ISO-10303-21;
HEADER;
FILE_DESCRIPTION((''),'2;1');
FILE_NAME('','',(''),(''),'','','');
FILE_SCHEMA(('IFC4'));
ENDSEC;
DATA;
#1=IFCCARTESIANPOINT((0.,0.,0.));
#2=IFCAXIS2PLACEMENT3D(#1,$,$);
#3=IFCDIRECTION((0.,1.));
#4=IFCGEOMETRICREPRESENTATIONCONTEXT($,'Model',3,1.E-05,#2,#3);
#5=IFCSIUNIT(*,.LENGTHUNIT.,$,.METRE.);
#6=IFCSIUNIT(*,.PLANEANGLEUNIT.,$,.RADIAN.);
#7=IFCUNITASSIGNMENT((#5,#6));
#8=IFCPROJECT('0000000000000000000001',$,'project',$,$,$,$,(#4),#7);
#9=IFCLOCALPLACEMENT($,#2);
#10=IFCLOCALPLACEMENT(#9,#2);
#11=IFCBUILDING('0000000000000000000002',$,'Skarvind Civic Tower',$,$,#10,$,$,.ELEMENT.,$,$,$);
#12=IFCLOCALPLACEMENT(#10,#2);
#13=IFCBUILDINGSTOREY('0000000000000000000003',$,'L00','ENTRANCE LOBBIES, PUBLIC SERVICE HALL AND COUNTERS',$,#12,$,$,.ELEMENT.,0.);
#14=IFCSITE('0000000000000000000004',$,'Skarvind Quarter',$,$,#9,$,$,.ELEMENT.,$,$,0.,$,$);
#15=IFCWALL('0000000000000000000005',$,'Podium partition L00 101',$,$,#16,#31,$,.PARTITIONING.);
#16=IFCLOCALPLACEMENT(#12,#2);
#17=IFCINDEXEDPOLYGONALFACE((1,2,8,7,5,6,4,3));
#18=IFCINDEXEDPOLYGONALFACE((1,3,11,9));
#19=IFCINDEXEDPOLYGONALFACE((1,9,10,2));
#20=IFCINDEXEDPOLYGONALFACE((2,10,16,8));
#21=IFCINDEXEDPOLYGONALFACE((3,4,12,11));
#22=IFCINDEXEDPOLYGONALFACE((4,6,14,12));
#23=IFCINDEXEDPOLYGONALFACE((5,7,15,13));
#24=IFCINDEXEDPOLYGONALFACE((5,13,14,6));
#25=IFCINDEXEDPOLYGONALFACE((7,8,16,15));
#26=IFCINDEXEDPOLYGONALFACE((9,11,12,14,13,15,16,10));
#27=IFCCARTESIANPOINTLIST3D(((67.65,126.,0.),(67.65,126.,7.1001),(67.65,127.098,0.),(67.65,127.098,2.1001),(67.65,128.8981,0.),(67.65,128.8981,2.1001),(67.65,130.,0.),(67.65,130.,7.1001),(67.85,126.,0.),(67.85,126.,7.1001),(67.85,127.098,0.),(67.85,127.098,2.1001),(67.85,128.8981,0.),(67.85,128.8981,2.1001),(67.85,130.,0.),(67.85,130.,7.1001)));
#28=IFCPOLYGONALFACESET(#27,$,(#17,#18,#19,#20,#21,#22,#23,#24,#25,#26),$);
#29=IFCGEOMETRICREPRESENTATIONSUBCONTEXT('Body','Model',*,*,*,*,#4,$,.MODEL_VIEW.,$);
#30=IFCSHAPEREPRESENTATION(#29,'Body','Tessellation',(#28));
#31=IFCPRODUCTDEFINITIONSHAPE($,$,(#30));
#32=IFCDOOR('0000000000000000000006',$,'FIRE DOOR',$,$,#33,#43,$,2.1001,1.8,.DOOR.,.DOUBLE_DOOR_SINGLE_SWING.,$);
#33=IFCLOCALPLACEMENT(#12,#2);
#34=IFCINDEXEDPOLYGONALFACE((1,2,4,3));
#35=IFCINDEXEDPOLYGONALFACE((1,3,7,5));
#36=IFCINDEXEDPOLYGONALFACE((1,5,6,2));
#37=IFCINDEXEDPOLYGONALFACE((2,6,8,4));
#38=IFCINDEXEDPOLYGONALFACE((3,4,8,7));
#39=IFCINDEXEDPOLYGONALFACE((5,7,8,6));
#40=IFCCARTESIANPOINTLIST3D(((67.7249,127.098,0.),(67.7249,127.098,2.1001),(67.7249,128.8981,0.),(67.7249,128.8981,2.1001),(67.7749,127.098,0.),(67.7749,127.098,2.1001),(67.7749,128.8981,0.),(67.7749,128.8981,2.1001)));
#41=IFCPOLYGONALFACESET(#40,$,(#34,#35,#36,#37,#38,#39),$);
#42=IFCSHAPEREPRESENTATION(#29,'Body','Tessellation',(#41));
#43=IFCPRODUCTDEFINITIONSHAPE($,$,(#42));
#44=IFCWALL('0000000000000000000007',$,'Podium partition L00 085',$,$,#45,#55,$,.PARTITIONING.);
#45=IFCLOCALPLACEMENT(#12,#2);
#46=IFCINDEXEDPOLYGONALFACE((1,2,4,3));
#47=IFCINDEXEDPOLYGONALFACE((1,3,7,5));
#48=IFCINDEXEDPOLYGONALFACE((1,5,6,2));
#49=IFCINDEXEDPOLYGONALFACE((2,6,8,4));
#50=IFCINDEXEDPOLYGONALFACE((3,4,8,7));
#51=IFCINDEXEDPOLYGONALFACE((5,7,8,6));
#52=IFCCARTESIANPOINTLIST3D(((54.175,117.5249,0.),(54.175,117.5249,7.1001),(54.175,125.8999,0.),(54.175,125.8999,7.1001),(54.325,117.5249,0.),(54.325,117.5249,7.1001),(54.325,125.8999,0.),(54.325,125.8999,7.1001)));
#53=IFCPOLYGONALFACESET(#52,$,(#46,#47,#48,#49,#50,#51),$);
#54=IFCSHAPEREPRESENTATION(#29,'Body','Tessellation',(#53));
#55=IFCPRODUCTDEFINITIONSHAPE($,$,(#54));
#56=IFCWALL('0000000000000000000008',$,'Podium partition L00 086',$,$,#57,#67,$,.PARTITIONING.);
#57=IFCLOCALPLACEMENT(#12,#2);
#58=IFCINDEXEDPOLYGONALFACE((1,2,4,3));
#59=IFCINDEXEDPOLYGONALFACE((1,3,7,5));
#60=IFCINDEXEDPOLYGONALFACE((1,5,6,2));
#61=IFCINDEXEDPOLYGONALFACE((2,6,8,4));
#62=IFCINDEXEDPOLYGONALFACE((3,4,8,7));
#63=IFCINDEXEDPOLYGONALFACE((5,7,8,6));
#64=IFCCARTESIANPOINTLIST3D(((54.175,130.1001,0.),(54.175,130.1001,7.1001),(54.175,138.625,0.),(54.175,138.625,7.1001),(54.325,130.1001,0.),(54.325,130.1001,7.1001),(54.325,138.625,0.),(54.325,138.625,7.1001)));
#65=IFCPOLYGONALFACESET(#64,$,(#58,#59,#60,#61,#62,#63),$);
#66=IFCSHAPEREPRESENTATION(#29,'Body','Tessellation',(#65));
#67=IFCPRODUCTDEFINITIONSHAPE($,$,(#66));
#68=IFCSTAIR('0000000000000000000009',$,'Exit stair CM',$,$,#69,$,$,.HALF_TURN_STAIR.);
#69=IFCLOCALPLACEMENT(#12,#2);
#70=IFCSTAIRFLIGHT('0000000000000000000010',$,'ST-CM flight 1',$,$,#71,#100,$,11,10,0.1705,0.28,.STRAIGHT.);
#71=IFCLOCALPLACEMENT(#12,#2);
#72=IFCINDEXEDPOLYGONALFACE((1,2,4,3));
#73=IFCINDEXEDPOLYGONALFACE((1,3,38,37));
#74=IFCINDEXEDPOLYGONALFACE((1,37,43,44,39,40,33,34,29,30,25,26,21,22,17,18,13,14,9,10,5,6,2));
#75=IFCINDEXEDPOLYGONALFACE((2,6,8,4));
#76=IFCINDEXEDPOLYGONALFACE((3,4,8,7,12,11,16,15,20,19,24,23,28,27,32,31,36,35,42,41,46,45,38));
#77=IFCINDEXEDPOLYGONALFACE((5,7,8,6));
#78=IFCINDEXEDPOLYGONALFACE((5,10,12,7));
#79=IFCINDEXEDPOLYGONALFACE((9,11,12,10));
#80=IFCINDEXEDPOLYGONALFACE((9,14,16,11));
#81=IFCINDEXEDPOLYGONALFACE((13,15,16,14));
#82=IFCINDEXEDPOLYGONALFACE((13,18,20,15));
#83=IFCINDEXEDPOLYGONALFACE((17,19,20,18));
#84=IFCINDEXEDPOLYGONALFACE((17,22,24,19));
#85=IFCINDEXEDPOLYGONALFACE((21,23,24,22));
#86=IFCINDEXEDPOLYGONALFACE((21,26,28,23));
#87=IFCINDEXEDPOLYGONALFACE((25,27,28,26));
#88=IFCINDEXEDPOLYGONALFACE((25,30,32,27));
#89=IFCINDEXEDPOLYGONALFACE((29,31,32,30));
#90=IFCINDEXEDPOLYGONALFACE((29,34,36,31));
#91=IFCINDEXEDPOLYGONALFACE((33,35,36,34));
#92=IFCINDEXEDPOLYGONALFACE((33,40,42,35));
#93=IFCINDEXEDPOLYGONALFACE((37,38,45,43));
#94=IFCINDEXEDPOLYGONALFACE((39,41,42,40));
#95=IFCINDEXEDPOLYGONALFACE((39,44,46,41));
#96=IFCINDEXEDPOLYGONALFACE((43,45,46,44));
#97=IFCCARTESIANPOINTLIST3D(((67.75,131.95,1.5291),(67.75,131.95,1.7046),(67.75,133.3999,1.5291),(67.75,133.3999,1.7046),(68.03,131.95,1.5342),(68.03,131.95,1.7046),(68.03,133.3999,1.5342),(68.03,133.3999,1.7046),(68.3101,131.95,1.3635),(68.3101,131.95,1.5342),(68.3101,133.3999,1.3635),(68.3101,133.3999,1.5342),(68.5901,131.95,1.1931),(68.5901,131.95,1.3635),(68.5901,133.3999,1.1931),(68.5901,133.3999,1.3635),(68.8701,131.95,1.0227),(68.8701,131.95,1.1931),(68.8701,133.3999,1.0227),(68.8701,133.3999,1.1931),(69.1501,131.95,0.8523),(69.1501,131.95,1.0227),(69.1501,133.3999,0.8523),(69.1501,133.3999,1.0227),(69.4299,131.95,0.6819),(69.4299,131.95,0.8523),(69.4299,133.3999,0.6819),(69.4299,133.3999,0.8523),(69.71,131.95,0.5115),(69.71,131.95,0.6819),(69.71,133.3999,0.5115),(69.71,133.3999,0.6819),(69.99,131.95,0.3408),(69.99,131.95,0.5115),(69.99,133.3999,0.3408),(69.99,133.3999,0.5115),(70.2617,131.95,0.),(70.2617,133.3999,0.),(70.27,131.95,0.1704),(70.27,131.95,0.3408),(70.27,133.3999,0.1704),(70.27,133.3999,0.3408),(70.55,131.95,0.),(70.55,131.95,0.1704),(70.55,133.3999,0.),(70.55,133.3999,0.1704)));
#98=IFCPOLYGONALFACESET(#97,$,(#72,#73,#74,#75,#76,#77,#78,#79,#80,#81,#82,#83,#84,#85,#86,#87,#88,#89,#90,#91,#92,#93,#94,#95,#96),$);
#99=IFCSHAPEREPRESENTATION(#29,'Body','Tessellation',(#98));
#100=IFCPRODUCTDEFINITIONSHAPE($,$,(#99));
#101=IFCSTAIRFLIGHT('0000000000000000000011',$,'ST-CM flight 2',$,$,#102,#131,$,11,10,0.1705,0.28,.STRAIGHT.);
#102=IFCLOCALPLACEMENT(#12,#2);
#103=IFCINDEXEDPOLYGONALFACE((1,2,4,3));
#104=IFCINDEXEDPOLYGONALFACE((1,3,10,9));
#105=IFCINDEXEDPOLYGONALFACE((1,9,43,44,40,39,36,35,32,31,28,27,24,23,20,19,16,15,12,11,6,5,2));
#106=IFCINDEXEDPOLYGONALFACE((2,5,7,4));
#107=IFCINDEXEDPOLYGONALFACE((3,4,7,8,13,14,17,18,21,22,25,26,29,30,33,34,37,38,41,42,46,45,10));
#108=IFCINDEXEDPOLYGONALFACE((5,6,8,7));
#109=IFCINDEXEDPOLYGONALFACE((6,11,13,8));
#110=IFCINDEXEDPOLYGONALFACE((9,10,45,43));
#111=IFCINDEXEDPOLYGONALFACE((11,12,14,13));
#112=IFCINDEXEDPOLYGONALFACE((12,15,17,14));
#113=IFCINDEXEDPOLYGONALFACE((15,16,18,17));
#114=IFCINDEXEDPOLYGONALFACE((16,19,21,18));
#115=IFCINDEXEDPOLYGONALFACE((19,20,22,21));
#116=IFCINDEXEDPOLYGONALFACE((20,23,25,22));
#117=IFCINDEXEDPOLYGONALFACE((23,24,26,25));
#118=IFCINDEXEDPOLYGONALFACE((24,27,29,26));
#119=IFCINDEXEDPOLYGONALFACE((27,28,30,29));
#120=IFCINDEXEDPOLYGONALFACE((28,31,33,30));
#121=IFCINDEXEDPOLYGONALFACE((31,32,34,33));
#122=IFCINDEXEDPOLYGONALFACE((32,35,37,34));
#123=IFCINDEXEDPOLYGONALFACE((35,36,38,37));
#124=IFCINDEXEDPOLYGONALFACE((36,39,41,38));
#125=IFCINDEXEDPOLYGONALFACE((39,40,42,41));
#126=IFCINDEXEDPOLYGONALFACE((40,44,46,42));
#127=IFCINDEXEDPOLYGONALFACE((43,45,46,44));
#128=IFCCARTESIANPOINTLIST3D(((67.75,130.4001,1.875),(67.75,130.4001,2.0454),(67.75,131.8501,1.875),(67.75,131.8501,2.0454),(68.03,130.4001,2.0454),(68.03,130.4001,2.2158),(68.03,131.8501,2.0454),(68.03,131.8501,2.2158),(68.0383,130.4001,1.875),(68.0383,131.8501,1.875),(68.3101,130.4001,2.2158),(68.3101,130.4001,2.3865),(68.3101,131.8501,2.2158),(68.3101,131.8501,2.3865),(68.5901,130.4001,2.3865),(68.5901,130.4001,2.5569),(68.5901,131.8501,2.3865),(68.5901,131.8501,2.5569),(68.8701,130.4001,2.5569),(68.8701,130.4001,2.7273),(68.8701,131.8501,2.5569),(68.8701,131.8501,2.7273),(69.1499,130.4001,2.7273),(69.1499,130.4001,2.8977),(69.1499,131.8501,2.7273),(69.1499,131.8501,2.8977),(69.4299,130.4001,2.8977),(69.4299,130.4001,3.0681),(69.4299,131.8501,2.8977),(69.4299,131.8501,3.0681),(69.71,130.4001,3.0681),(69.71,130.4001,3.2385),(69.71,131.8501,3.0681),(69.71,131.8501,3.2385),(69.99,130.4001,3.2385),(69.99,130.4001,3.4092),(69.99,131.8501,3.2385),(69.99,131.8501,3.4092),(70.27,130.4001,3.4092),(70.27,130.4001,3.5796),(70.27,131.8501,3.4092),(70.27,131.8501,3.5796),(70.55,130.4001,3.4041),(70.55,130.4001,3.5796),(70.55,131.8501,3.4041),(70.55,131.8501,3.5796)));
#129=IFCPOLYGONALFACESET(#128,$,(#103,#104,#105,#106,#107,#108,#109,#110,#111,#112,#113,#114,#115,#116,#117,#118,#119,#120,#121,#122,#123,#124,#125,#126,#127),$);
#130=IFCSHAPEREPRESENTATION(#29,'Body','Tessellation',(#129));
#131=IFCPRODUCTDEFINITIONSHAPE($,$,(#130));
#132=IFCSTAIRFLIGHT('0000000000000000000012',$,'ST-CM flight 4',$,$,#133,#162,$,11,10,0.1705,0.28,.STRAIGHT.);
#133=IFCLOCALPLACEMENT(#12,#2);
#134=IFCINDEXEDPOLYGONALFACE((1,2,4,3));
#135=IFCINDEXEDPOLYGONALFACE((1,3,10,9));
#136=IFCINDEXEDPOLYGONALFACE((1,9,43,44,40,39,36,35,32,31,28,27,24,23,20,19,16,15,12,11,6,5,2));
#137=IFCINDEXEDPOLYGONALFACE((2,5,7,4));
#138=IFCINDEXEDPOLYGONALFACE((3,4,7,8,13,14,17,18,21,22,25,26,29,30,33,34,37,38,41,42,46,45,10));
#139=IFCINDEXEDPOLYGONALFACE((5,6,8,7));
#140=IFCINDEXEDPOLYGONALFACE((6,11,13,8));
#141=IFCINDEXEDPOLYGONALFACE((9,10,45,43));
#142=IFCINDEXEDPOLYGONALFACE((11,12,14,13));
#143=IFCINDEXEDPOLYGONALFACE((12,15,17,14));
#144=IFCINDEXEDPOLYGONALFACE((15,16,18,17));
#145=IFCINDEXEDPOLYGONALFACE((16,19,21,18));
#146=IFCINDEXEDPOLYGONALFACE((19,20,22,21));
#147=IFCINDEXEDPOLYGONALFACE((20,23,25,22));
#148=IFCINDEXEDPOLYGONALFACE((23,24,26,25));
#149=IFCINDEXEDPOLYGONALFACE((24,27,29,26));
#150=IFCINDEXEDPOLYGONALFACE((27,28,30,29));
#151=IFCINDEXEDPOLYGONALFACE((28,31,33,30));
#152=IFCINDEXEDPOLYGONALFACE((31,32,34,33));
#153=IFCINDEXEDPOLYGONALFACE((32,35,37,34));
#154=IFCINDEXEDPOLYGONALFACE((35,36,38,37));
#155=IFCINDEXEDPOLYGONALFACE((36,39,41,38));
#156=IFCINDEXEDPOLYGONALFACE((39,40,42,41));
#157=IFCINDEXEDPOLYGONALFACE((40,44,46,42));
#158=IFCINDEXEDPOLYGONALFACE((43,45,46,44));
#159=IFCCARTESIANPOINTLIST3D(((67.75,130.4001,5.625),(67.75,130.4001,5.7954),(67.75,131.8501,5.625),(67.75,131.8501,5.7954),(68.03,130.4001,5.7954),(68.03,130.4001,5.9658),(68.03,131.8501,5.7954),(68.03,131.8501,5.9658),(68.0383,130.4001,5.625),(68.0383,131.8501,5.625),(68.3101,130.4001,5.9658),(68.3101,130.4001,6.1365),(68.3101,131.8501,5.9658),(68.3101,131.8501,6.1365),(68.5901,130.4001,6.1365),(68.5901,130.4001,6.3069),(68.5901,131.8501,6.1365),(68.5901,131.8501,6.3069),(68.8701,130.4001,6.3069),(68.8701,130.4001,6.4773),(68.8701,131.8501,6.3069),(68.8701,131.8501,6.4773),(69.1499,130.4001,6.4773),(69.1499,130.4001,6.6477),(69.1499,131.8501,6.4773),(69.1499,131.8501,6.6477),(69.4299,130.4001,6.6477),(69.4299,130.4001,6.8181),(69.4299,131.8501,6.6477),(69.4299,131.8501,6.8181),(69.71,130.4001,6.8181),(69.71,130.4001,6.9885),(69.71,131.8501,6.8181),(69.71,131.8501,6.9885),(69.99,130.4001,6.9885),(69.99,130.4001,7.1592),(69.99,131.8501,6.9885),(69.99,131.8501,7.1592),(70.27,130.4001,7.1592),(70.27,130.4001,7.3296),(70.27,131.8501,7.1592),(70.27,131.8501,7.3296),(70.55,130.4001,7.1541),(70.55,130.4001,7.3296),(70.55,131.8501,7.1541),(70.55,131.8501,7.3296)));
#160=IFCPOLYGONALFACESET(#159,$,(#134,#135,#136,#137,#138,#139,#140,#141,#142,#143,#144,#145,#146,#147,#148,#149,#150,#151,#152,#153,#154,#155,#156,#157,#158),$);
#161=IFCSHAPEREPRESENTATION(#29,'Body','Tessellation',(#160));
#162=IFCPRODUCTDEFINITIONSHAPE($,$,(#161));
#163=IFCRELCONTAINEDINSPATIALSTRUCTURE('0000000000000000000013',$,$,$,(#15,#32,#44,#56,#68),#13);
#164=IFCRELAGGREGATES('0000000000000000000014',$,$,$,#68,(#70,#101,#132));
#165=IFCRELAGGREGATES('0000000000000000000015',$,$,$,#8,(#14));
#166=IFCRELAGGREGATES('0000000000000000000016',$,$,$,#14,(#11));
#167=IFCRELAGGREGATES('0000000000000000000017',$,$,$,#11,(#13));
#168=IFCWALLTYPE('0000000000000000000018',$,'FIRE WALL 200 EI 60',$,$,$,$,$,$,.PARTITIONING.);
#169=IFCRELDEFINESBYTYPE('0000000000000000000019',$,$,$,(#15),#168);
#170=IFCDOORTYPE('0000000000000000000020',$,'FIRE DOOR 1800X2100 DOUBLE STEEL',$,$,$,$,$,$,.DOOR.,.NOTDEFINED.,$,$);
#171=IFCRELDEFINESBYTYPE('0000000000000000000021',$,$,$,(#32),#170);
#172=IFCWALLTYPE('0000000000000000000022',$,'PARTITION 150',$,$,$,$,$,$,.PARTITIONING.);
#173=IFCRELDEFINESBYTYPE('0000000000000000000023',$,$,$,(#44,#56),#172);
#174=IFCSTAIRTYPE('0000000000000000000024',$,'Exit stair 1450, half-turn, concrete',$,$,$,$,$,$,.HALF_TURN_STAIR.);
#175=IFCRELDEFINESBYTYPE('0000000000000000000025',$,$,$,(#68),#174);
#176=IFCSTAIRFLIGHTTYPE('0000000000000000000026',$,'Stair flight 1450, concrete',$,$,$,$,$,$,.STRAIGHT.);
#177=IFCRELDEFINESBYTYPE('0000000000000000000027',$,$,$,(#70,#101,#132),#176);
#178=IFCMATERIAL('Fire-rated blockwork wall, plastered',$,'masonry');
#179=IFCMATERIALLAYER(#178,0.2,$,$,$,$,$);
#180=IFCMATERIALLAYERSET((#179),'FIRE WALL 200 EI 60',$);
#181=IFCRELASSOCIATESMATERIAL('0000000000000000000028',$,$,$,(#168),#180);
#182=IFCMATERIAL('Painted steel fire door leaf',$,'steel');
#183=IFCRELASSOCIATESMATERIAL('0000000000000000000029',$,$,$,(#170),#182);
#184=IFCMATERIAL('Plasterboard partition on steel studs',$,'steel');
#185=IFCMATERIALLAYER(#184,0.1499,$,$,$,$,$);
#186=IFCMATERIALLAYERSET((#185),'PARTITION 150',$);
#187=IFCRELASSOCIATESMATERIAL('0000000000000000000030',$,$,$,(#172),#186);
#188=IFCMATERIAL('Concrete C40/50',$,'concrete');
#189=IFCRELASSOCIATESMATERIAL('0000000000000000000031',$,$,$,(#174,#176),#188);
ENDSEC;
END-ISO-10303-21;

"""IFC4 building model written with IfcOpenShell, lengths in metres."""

from ifc_helpers import new_model, si_unit, direction, frame, frame_2d, origin, place, context, subcontext, project, spatial, polyline, rectangle, outline, extrude, material, layer, layer_set, type_object, element, fill, aggregate, save


model = new_model("IFC4")

# Units and contexts
model_context = context("Model", 3, precision=1e-05, world=origin(), true_north=direction((0.0, 1.0)))
body_context = subcontext(model_context, "Body", "Model", "MODEL_VIEW")
ifc_project = project(units=[si_unit("LENGTHUNIT", "METRE"), si_unit("PLANEANGLEUNIT", "RADIAN")], contexts=[model_context])

# Site, building, storey
site_placement = place(None, origin())
site = spatial("IfcSite", under=ifc_project, at=site_placement, Name="Skarvind Quarter", CompositionType="ELEMENT", RefElevation=0.0)
building_placement = place(site_placement, origin())
building = spatial("IfcBuilding", under=site, at=building_placement, Name="Skarvind Civic Tower", CompositionType="ELEMENT")
storey_placement = place(building_placement, origin())
storey = spatial("IfcBuildingStorey", under=building, at=storey_placement, Name="L00", Description="ENTRANCE LOBBIES, PUBLIC SERVICE HALL AND COUNTERS", CompositionType="ELEMENT", Elevation=0.0)

# Shared definitions
ifc_material_1 = material(Name="Fire-rated blockwork wall, plastered", Category="masonry")
ifc_layer_1 = layer(ifc_material_1, 0.2)
ifc_layer_set_1 = layer_set([ifc_layer_1], Name="FIRE WALL 200 EI 60")
wall_type_1 = type_object("IfcWallType", Name="FIRE WALL 200 EI 60", PredefinedType="PARTITIONING", material=ifc_layer_set_1)
ifc_material_2 = material(Name="Painted steel fire door leaf", Category="steel")

# Wall, opening, door
wall_1_placement = place(storey_placement, frame((67.75, 130.0, 0.0), z_axis=(0.0, 0.0, 1.0), x_axis=(0.0, -1.0, 0.0)))
wall_1 = element("IfcWall", 1, at=wall_1_placement, inside=storey, type_object=wall_type_1, Name="Podium partition L00 101", PredefinedType="PARTITIONING", context=body_context, shape_type="SweptSolid", body=[
    extrude(rectangle(XDim=4.0, YDim=0.2, at=frame_2d((2.0, 0.0))), origin(), (0.0, 0.0, 1.0), 7.1001),
])
opening_1_placement = place(wall_1_placement, frame((1.1021, 0.0, 0.0)))
opening_1 = element("IfcOpeningElement", 2, at=opening_1_placement, cuts=wall_1, PredefinedType="OPENING", context=body_context, shape_type="SweptSolid", body=[
    extrude(rectangle(XDim=1.8, YDim=2.1001, at=frame_2d((0.8999, 1.05))), frame((0.0, 0.1099, 0.0), z_axis=(0.0, -1.0, 0.0), x_axis=(1.0, 0.0, 0.0)), (0.0, 0.0, 1.0), 0.22),
])
door_type_1 = type_object("IfcDoorType", Name="FIRE DOOR 1800X2100 DOUBLE STEEL", OperationType="NOTDEFINED", PredefinedType="DOOR", material=ifc_material_2)
door_1_placement = place(opening_1_placement, origin())
door_1 = element("IfcDoor", 3, at=door_1_placement, inside=storey, type_object=door_type_1, Name="FIRE DOOR", OperationType="DOUBLE_DOOR_SINGLE_SWING", OverallHeight=2.1001, OverallWidth=1.8, PredefinedType="DOOR", context=body_context, shape_type="SweptSolid", body=[
    extrude(rectangle(XDim=1.8, YDim=2.1001, at=frame_2d((0.8999, 1.05))), frame((0.0, 0.0249, 0.0), z_axis=(0.0, -1.0, 0.0), x_axis=(1.0, 0.0, 0.0)), (0.0, 0.0, 1.0), 0.05),
])
fill(opening_1, door_1)

# Walls
ifc_material_3 = material(Name="Plasterboard partition on steel studs", Category="steel")
ifc_layer_2 = layer(ifc_material_3, 0.1499)
ifc_layer_set_2 = layer_set([ifc_layer_2], Name="PARTITION 150")
wall_type_2 = type_object("IfcWallType", Name="PARTITION 150", PredefinedType="PARTITIONING", material=ifc_layer_set_2)
wall_2_placement = place(storey_placement, frame((54.25, 117.5249, 0.0), z_axis=(0.0, 0.0, 1.0), x_axis=(0.0, 1.0, 0.0)))
element("IfcWall", 4, at=wall_2_placement, inside=storey, type_object=wall_type_2, Name="Podium partition L00 085", PredefinedType="PARTITIONING", context=body_context, shape_type="SweptSolid", body=[
    extrude(rectangle(XDim=8.375, YDim=0.1499, at=frame_2d((4.1875, 0.0))), origin(), (0.0, 0.0, 1.0), 7.1001),
])
wall_3_placement = place(storey_placement, frame((54.25, 130.1001, 0.0), z_axis=(0.0, 0.0, 1.0), x_axis=(0.0, 1.0, 0.0)))
element("IfcWall", 5, at=wall_3_placement, inside=storey, type_object=wall_type_2, Name="Podium partition L00 086", PredefinedType="PARTITIONING", context=body_context, shape_type="SweptSolid", body=[
    extrude(rectangle(XDim=8.5249, YDim=0.1499, at=frame_2d((4.2625, 0.0))), origin(), (0.0, 0.0, 1.0), 7.1001),
])

# Stair, stair flights
ifc_material_4 = material(Name="Concrete C40/50", Category="concrete")
stair_type = type_object("IfcStairType", Name="Exit stair 1450, half-turn, concrete", PredefinedType="HALF_TURN_STAIR", material=ifc_material_4)
stair_placement = place(storey_placement, origin())
stair = element("IfcStair", 6, at=stair_placement, inside=storey, type_object=stair_type, Name="Exit stair CM", PredefinedType="HALF_TURN_STAIR")
stair_flight_type = type_object("IfcStairFlightType", Name="Stair flight 1450, concrete", PredefinedType="STRAIGHT", material=ifc_material_4)
stair_flight_1_placement = place(storey_placement, frame((70.55, 132.675, 0.0), z_axis=(0.0, 0.0, 1.0), x_axis=(-1.0, 0.0, 0.0)))
stair_flight_1 = element("IfcStairFlight", 7, at=stair_flight_1_placement, type_object=stair_flight_type, Name="ST-CM flight 1", NumberOfRisers=11, NumberOfTreads=10, PredefinedType="STRAIGHT", RiserHeight=0.1705, TreadLength=0.28, context=body_context, shape_type="SweptSolid", body=[
    extrude(outline(polyline([(0.0, 0.0), (0.0, 0.1704), (0.28, 0.1704), (0.28, 0.3408), (0.5601, 0.3408), (0.5601, 0.5115), (0.8401, 0.5115), (0.8401, 0.6819), (1.1201, 0.6819), (1.1201, 0.8523), (1.3999, 0.8523), (1.3999, 1.0227), (1.6799, 1.0227), (1.6799, 1.1931), (1.96, 1.1931), (1.96, 1.3635), (2.24, 1.3635), (2.24, 1.5342), (2.52, 1.5342), (2.52, 1.7046), (2.8, 1.7046), (2.8, 1.875), (2.8, 1.5291), (0.2883, 0.0), (0.0, 0.0)])), frame((0.0, 0.7251, 0.0), z_axis=(0.0, -1.0, 0.0), x_axis=(1.0, 0.0, 0.0)), (0.0, 0.0, 1.0), 1.45),
])
stair_flight_2_placement = place(storey_placement, frame((67.75, 131.125, 1.875), z_axis=(0.0, 0.0, 1.0), x_axis=(1.0, 0.0, 0.0)))
stair_flight_2 = element("IfcStairFlight", 8, at=stair_flight_2_placement, type_object=stair_flight_type, Name="ST-CM flight 2", NumberOfRisers=11, NumberOfTreads=10, PredefinedType="STRAIGHT", RiserHeight=0.1705, TreadLength=0.28, context=body_context, shape_type="SweptSolid", body=[
    extrude(outline(polyline([(0.0, 0.0), (0.0, 0.1704), (0.28, 0.1704), (0.28, 0.3408), (0.5601, 0.3408), (0.5601, 0.5115), (0.8401, 0.5115), (0.8401, 0.6819), (1.1201, 0.6819), (1.1201, 0.8523), (1.3999, 0.8523), (1.3999, 1.0227), (1.6799, 1.0227), (1.6799, 1.1931), (1.96, 1.1931), (1.96, 1.3635), (2.24, 1.3635), (2.24, 1.5342), (2.52, 1.5342), (2.52, 1.7046), (2.8, 1.7046), (2.8, 1.875), (2.8, 1.5291), (0.2883, 0.0), (0.0, 0.0)])), frame((0.0, 0.7251, 0.0), z_axis=(0.0, -1.0, 0.0), x_axis=(1.0, 0.0, 0.0)), (0.0, 0.0, 1.0), 1.45),
])
stair_flight_3_placement = place(storey_placement, frame((67.75, 131.125, 5.625), z_axis=(0.0, 0.0, 1.0), x_axis=(1.0, 0.0, 0.0)))
stair_flight_3 = element("IfcStairFlight", 9, at=stair_flight_3_placement, type_object=stair_flight_type, Name="ST-CM flight 4", NumberOfRisers=11, NumberOfTreads=10, PredefinedType="STRAIGHT", RiserHeight=0.1705, TreadLength=0.28, context=body_context, shape_type="SweptSolid", body=[
    extrude(outline(polyline([(0.0, 0.0), (0.0, 0.1704), (0.28, 0.1704), (0.28, 0.3408), (0.5601, 0.3408), (0.5601, 0.5115), (0.8401, 0.5115), (0.8401, 0.6819), (1.1201, 0.6819), (1.1201, 0.8523), (1.3999, 0.8523), (1.3999, 1.0227), (1.6799, 1.0227), (1.6799, 1.1931), (1.96, 1.1931), (1.96, 1.3635), (2.24, 1.3635), (2.24, 1.5342), (2.52, 1.5342), (2.52, 1.7046), (2.8, 1.7046), (2.8, 1.875), (2.8, 1.5291), (0.2883, 0.0), (0.0, 0.0)])), frame((0.0, 0.7251, 0.0), z_axis=(0.0, -1.0, 0.0), x_axis=(1.0, 0.0, 0.0)), (0.0, 0.0, 1.0), 1.45),
])
aggregate(stair, [stair_flight_1, stair_flight_2, stair_flight_3])

save(model, "model.ifc")
